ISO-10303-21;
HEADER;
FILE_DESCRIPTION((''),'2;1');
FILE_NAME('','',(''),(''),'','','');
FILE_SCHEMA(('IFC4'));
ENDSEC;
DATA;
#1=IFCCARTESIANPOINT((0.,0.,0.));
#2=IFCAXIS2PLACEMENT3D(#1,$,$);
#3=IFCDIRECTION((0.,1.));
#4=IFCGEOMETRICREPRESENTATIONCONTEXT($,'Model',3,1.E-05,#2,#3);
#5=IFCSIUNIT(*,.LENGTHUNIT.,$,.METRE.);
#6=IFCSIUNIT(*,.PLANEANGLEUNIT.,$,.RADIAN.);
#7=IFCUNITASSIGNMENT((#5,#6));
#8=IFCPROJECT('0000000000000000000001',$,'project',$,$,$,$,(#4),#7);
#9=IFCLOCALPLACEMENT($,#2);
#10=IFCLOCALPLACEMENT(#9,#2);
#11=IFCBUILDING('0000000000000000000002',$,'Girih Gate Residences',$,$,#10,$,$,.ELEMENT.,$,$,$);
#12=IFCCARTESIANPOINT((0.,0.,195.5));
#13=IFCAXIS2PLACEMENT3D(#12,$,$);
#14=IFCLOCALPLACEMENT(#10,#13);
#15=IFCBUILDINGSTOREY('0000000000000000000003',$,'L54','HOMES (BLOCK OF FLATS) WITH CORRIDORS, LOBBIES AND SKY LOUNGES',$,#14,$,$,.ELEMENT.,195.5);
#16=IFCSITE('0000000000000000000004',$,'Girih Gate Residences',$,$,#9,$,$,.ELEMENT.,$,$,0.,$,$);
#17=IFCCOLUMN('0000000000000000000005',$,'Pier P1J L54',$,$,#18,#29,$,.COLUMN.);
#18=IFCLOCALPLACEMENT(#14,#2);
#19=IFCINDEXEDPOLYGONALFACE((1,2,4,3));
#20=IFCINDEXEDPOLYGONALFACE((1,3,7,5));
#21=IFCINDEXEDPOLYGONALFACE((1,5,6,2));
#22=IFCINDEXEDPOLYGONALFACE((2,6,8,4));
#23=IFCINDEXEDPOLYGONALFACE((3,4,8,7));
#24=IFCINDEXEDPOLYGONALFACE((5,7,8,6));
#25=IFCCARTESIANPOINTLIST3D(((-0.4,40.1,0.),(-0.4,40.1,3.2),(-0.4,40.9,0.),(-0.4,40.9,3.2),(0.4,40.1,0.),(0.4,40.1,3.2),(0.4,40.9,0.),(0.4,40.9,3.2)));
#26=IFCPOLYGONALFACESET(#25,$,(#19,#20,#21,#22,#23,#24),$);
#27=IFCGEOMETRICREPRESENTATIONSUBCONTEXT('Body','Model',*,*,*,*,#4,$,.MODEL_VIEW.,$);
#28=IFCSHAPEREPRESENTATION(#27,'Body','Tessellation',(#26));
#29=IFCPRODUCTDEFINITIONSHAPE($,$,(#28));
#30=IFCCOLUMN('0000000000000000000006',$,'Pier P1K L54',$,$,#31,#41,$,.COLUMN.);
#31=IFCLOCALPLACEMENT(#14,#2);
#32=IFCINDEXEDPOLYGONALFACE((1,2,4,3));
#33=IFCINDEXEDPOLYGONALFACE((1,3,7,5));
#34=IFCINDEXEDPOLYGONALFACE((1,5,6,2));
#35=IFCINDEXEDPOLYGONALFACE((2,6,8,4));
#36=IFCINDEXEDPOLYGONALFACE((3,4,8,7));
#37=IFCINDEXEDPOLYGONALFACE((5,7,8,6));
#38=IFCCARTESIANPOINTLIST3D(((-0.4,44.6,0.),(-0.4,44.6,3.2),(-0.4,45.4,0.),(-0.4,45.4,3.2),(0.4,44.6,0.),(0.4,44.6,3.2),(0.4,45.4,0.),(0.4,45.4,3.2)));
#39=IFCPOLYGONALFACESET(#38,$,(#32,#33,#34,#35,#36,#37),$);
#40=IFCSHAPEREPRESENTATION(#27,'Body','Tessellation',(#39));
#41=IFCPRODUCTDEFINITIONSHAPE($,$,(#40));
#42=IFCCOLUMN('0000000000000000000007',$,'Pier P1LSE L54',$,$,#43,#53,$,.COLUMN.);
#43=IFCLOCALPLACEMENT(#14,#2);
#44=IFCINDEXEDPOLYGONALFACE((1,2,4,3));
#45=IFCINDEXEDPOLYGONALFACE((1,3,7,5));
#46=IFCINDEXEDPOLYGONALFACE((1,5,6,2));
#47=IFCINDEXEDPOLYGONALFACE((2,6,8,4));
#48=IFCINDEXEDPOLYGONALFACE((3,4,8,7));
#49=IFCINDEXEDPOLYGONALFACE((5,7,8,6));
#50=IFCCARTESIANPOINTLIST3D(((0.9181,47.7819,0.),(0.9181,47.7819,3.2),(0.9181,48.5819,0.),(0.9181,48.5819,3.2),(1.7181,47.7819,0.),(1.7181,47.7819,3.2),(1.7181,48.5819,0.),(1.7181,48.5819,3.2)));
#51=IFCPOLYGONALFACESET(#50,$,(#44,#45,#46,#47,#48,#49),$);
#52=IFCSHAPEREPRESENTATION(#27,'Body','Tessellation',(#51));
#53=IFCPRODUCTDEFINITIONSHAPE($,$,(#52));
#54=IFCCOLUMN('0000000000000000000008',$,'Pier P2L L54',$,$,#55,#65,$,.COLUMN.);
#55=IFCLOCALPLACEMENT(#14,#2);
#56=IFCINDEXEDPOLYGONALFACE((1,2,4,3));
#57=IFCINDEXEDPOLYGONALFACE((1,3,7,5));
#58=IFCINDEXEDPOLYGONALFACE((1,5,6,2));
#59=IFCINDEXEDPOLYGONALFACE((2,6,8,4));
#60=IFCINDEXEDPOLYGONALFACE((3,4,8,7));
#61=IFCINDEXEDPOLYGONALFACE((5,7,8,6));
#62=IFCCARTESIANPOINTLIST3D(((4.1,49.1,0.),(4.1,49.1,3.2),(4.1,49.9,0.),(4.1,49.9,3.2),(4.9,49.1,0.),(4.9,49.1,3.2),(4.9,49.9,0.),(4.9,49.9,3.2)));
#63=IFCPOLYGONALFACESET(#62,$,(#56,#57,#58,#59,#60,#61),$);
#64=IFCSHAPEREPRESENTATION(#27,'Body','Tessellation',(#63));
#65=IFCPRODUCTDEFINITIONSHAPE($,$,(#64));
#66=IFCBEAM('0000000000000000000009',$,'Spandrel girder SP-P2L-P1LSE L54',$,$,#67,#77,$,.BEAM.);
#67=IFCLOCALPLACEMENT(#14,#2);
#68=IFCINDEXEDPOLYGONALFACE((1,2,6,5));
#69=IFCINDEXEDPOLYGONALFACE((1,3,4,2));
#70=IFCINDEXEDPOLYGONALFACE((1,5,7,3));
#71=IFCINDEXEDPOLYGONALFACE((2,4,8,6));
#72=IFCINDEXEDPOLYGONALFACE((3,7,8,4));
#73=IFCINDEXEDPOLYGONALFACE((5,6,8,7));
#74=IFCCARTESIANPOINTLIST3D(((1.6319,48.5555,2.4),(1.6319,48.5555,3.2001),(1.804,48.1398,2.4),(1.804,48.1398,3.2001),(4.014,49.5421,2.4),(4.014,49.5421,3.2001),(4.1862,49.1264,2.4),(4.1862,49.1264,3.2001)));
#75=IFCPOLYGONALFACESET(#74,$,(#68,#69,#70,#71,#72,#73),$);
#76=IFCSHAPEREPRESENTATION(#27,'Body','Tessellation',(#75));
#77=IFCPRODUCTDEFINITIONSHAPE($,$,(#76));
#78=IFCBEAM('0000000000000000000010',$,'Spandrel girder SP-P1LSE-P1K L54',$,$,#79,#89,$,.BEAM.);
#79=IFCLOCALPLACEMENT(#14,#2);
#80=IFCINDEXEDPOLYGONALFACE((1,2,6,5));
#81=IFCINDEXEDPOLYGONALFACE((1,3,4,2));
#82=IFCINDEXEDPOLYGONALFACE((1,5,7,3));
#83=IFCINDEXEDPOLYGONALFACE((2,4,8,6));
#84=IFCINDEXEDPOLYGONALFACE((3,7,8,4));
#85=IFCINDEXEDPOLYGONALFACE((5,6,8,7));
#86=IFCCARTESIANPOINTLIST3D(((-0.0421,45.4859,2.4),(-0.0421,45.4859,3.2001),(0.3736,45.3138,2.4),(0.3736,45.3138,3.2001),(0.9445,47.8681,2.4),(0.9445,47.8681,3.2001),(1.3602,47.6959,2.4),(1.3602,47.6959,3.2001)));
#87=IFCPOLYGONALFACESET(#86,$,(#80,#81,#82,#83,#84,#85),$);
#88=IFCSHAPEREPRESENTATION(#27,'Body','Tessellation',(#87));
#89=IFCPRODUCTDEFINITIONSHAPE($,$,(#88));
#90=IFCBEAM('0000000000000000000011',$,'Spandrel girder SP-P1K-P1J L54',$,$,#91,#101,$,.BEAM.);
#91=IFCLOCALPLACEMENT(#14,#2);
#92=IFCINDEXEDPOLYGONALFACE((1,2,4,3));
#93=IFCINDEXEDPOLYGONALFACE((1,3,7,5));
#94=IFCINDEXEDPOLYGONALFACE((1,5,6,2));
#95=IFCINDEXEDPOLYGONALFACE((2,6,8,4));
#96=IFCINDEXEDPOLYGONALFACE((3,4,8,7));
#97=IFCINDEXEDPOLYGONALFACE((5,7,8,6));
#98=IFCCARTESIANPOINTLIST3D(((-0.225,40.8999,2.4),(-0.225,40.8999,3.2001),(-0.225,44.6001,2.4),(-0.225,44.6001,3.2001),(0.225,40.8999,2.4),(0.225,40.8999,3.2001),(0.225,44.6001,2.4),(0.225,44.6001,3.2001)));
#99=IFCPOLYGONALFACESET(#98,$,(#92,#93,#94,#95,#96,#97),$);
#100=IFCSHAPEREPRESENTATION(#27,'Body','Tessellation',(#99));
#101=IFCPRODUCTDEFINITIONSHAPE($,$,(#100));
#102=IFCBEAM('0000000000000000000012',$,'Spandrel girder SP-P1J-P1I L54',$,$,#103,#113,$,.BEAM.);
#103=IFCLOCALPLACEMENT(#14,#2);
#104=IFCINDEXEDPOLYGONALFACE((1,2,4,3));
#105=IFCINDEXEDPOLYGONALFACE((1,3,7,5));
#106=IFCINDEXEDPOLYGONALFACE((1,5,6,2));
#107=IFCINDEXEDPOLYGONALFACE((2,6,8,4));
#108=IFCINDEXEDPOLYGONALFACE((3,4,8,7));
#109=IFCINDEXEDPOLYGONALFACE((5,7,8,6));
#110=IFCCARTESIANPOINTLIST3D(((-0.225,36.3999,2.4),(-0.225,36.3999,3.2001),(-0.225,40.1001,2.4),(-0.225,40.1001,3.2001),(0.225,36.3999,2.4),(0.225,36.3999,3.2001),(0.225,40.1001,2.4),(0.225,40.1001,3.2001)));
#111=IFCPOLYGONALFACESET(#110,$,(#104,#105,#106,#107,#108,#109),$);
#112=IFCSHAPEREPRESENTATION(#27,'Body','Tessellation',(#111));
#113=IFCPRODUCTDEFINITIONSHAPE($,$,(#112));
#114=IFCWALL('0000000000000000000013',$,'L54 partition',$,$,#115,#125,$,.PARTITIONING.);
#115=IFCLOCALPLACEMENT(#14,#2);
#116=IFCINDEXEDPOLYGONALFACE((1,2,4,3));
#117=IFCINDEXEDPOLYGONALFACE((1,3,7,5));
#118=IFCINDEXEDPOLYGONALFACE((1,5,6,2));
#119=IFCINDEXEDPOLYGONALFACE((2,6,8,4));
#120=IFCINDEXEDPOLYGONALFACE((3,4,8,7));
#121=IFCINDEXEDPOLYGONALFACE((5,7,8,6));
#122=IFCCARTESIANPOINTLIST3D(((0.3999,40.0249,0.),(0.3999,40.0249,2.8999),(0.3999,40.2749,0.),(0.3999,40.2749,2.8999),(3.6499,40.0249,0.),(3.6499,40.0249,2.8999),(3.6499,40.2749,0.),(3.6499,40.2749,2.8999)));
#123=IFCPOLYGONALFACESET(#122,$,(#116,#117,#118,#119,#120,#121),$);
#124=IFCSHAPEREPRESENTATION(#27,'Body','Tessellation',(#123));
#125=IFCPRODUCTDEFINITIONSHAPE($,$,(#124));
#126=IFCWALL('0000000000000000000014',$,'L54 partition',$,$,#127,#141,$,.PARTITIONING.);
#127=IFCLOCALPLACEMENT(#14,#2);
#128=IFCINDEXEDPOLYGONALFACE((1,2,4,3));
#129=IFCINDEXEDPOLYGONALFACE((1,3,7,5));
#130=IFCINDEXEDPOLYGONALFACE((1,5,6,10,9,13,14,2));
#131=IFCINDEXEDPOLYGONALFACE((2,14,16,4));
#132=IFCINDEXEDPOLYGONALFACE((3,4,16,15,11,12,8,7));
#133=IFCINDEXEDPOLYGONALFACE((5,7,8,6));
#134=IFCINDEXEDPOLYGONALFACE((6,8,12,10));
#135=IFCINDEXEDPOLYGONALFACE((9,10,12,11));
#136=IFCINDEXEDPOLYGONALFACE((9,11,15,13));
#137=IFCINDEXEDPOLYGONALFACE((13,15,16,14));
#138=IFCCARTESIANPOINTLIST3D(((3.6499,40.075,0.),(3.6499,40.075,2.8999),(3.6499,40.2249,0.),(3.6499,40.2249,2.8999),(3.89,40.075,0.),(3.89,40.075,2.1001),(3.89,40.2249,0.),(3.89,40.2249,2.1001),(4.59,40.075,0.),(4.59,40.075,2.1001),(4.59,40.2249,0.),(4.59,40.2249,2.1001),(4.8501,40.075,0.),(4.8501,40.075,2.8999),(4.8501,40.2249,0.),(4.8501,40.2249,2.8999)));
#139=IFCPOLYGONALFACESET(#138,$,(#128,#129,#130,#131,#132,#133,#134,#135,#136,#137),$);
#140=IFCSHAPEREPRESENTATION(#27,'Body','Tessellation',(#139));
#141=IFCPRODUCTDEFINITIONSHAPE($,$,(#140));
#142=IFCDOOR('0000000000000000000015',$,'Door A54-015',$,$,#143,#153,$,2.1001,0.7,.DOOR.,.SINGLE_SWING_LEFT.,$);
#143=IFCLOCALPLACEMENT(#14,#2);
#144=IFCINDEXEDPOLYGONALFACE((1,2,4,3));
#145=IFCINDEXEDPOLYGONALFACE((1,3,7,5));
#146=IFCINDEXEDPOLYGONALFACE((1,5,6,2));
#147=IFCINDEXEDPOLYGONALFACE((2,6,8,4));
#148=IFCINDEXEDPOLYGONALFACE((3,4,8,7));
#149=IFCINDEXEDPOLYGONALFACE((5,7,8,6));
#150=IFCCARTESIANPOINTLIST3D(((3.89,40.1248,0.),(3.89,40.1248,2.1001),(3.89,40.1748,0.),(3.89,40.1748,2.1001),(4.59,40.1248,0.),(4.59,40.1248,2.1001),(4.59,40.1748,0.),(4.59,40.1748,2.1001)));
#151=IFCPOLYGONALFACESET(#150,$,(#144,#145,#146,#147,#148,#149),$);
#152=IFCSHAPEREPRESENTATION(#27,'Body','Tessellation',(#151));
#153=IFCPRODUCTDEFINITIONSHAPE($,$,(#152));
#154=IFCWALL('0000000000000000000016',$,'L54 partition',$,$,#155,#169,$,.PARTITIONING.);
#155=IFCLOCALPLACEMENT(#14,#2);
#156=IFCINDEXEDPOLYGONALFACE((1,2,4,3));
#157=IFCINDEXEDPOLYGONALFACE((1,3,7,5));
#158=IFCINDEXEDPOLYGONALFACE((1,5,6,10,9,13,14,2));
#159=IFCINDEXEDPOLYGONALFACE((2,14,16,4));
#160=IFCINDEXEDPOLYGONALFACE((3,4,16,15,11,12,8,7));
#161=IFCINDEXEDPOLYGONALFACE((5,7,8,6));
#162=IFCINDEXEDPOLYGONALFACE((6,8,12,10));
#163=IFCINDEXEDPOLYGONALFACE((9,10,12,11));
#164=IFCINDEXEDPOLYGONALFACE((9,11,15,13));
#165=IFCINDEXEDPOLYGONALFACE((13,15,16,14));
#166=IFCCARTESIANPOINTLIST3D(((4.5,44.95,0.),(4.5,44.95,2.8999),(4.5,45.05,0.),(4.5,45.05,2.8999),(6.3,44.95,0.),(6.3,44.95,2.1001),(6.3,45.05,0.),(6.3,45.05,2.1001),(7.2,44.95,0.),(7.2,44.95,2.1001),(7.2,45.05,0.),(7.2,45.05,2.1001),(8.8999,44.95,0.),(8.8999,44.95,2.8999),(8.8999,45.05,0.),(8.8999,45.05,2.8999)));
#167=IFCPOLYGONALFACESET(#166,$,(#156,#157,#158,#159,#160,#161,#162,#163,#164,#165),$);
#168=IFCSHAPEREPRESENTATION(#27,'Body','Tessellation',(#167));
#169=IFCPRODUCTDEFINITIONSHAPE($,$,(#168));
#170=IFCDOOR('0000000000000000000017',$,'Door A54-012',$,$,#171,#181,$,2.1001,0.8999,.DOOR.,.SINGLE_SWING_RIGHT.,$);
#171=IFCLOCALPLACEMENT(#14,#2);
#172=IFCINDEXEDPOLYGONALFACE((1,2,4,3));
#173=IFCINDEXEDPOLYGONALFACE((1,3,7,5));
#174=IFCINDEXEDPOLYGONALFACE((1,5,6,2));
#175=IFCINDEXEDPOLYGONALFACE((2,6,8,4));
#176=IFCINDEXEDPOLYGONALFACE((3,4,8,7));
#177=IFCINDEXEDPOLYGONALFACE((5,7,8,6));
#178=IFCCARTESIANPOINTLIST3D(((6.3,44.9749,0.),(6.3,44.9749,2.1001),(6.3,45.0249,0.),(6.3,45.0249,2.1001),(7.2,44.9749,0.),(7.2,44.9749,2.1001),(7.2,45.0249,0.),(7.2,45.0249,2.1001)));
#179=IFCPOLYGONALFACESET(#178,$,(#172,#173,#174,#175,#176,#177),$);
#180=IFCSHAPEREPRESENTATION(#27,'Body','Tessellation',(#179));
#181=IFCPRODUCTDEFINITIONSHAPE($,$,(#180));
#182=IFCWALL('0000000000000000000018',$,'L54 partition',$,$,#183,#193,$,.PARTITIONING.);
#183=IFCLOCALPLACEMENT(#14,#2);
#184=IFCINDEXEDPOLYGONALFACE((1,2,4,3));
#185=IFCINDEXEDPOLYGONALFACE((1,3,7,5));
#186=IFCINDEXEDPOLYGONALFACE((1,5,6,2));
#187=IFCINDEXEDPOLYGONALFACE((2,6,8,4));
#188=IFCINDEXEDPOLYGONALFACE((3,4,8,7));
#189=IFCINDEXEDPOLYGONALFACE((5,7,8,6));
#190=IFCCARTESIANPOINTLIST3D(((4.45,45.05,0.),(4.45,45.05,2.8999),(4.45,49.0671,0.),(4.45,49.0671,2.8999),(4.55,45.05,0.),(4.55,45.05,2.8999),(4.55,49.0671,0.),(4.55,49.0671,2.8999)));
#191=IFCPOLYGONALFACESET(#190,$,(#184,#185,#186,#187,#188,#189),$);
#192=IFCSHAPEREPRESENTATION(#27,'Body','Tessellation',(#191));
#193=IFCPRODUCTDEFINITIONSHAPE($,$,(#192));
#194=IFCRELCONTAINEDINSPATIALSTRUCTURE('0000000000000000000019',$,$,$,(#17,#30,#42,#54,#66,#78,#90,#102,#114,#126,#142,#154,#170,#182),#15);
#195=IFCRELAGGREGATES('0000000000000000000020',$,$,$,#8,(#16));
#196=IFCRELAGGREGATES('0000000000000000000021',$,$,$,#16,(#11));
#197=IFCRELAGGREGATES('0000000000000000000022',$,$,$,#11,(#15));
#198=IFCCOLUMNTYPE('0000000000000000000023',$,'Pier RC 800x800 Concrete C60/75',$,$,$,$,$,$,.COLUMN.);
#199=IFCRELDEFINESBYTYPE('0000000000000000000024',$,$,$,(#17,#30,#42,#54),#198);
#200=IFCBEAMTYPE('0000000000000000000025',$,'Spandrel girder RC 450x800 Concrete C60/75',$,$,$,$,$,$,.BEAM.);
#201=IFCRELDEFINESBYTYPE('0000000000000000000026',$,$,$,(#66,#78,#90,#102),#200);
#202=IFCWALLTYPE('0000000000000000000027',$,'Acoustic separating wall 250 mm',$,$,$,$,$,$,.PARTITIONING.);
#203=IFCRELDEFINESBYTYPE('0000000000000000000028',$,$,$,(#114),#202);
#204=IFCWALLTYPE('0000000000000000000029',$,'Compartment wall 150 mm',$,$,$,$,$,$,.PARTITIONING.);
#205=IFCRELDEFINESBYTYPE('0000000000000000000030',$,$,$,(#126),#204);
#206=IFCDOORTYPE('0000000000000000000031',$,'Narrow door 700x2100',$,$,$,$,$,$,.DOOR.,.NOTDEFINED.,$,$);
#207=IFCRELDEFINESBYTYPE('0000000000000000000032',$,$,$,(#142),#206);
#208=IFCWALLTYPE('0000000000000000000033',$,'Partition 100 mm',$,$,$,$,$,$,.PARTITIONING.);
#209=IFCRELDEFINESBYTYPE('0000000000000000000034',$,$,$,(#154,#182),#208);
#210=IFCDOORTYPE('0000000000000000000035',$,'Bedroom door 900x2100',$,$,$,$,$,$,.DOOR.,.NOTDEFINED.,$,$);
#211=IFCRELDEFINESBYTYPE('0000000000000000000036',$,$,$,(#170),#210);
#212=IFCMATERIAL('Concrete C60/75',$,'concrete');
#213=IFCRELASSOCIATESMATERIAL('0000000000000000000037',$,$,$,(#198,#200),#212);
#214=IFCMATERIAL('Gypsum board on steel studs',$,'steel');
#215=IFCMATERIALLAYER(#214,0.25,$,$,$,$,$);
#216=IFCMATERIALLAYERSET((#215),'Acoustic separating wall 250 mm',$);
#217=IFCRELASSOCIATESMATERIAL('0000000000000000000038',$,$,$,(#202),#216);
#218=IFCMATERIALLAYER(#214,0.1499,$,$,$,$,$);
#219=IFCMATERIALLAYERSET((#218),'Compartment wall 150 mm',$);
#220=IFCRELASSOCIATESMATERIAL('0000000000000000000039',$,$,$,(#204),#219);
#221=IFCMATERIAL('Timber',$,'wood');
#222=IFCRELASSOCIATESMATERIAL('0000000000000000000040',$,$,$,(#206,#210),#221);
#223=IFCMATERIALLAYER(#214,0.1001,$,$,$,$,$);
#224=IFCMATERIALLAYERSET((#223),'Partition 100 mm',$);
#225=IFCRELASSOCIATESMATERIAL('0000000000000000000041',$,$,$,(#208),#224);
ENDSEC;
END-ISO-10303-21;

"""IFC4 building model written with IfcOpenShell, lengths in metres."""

from ifc_helpers import new_model, si_unit, direction, frame, frame_2d, origin, origin_2d, place, context, subcontext, project, spatial, rectangle, extrude, material, layer, layer_set, material_profile, profile_set, type_object, element, fill, save


model = new_model("IFC4")

# Units and contexts
model_context = context("Model", 3, precision=1e-05, world=origin(), true_north=direction((0.0, 1.0)))
body_context = subcontext(model_context, "Body", "Model", "MODEL_VIEW")
ifc_project = project(units=[si_unit("LENGTHUNIT", "METRE"), si_unit("PLANEANGLEUNIT", "RADIAN")], contexts=[model_context])

# Site, building, storey
site_placement = place(None, origin())
site = spatial("IfcSite", under=ifc_project, at=site_placement, Name="Girih Gate Residences", CompositionType="ELEMENT", RefElevation=0.0)
building_placement = place(site_placement, origin())
building = spatial("IfcBuilding", under=site, at=building_placement, Name="Girih Gate Residences", CompositionType="ELEMENT")
storey_placement = place(building_placement, frame((0.0, 0.0, 195.5)))
storey = spatial("IfcBuildingStorey", under=building, at=storey_placement, Name="L54", Description="HOMES (BLOCK OF FLATS) WITH CORRIDORS, LOBBIES AND SKY LOUNGES", CompositionType="ELEMENT", Elevation=195.5)

# Columns
ifc_material_1 = material(Name="Concrete C60/75", Category="concrete")
ifc_material_profile_1 = material_profile(ifc_material_1, rectangle(XDim=0.8, YDim=0.8, at=origin_2d()))
ifc_profile_set_1 = profile_set([ifc_material_profile_1], Name="Concrete C60/75")
column_type = type_object("IfcColumnType", Name="Pier RC 800x800 Concrete C60/75", PredefinedType="COLUMN", material=ifc_profile_set_1)
for number, where, z_axis, x_axis, name in (
    (1, (0.0, 40.5, 0.0), (0.0, 0.0, 1.0), (1.0, 0.0, 0.0), "Pier P1J L54"),
    (2, (0.0, 45.0, 0.0), (0.0, 0.0, 1.0), (1.0, 0.0, 0.0), "Pier P1K L54"),
    (3, (1.3181, 48.1819, 0.0), (0.0, 0.0, 1.0), (1.0, 0.0, 0.0), "Pier P1LSE L54"),
    (4, (4.5, 49.5, 0.0), (0.0, 0.0, 1.0), (1.0, 0.0, 0.0), "Pier P2L L54"),
):
    element("IfcColumn", number, at=place(storey_placement, frame(where, z_axis=z_axis, x_axis=x_axis)), inside=storey, type_object=column_type, Name=name, PredefinedType="COLUMN", context=body_context, shape_type="SweptSolid", body=[
        extrude(rectangle(XDim=0.8, YDim=0.8, at=origin_2d()), origin(), (0.0, 0.0, 1.0), 3.2),
    ])

# Beams
ifc_material_profile_2 = material_profile(ifc_material_1, rectangle(XDim=0.45, YDim=0.8, at=origin_2d()))
ifc_profile_set_2 = profile_set([ifc_material_profile_2], Name="Concrete C60/75")
beam_type = type_object("IfcBeamType", Name="Spandrel girder RC 450x800 Concrete C60/75", PredefinedType="BEAM", material=ifc_profile_set_2)
for number, where, z_axis, x_axis, name in (
    (5, (4.1001, 49.3342, 2.8), (-0.923896, -0.382644, 0.0), (0.382644, -0.923896, 0.0), "Spandrel girder SP-P2L-P1LSE L54"),
    (6, (1.1523, 47.782, 2.8), (-0.382644, -0.923896, 0.0), (0.923896, -0.382644, 0.0), "Spandrel girder SP-P1LSE-P1K L54"),
):
    element("IfcBeam", number, at=place(storey_placement, frame(where, z_axis=z_axis, x_axis=x_axis)), inside=storey, type_object=beam_type, Name=name, PredefinedType="BEAM", context=body_context, shape_type="SweptSolid", body=[
        extrude(rectangle(XDim=0.45, YDim=0.8, at=origin_2d()), origin(), (0.0, 0.0, 1.0), 2.5784),
    ])
for number, where, z_axis, x_axis, name in (
    (7, (0.0, 44.6001, 2.8), (0.0, -1.0, 0.0), (1.0, 0.0, 0.0), "Spandrel girder SP-P1K-P1J L54"),
    (8, (0.0, 40.1001, 2.8), (0.0, -1.0, 0.0), (1.0, 0.0, 0.0), "Spandrel girder SP-P1J-P1I L54"),
):
    element("IfcBeam", number, at=place(storey_placement, frame(where, z_axis=z_axis, x_axis=x_axis)), inside=storey, type_object=beam_type, Name=name, PredefinedType="BEAM", context=body_context, shape_type="SweptSolid", body=[
        extrude(rectangle(XDim=0.45, YDim=0.8, at=origin_2d()), origin(), (0.0, 0.0, 1.0), 3.7002),
    ])

# Wall
ifc_material_2 = material(Name="Gypsum board on steel studs", Category="steel")
ifc_layer_1 = layer(ifc_material_2, 0.25)
ifc_layer_set_1 = layer_set([ifc_layer_1], Name="Acoustic separating wall 250 mm")
wall_type_1 = type_object("IfcWallType", Name="Acoustic separating wall 250 mm", PredefinedType="PARTITIONING", material=ifc_layer_set_1)
wall_1_placement = place(storey_placement, frame((0.3999, 40.1499, 0.0), z_axis=(0.0, 0.0, 1.0), x_axis=(1.0, 0.0, 0.0)))
element("IfcWall", 9, at=wall_1_placement, inside=storey, type_object=wall_type_1, Name="L54 partition", PredefinedType="PARTITIONING", context=body_context, shape_type="SweptSolid", body=[
    extrude(rectangle(XDim=3.25, YDim=0.25, at=frame_2d((1.625, 0.0))), origin(), (0.0, 0.0, 1.0), 2.8999),
])

# Walls, openings, doors
ifc_layer_2 = layer(ifc_material_2, 0.1499)
ifc_layer_set_2 = layer_set([ifc_layer_2], Name="Compartment wall 150 mm")
wall_type_2 = type_object("IfcWallType", Name="Compartment wall 150 mm", PredefinedType="PARTITIONING", material=ifc_layer_set_2)
wall_2_placement = place(storey_placement, frame((3.6499, 40.1499, 0.0), z_axis=(0.0, 0.0, 1.0), x_axis=(1.0, 0.0, 0.0)))
wall_2 = element("IfcWall", 10, at=wall_2_placement, inside=storey, type_object=wall_type_2, Name="L54 partition", PredefinedType="PARTITIONING", context=body_context, shape_type="SweptSolid", body=[
    extrude(rectangle(XDim=1.2002, YDim=0.1499, at=frame_2d((0.6001, 0.0))), origin(), (0.0, 0.0, 1.0), 2.8999),
])
opening_1_placement = place(wall_2_placement, frame((0.24, 0.0, 0.0)))
opening_1 = element("IfcOpeningElement", 11, at=opening_1_placement, cuts=wall_2, PredefinedType="OPENING", context=body_context, shape_type="SweptSolid", body=[
    extrude(rectangle(XDim=0.7, YDim=2.1001, at=frame_2d((0.3501, 1.05))), frame((0.0, 0.085, 0.0), z_axis=(0.0, -1.0, 0.0), x_axis=(1.0, 0.0, 0.0)), (0.0, 0.0, 1.0), 0.1699),
])
ifc_material_3 = material(Name="Timber", Category="wood")
door_type_1 = type_object("IfcDoorType", Name="Narrow door 700x2100", OperationType="NOTDEFINED", PredefinedType="DOOR", material=ifc_material_3)
door_1_placement = place(opening_1_placement, origin())
door_1 = element("IfcDoor", 12, at=door_1_placement, inside=storey, type_object=door_type_1, Name="Door A54-015", OperationType="SINGLE_SWING_LEFT", OverallHeight=2.1001, OverallWidth=0.7, PredefinedType="DOOR", context=body_context, shape_type="SweptSolid", body=[
    extrude(rectangle(XDim=0.7, YDim=2.1001, at=frame_2d((0.3501, 1.05))), frame((0.0, 0.0249, 0.0), z_axis=(0.0, -1.0, 0.0), x_axis=(1.0, 0.0, 0.0)), (0.0, 0.0, 1.0), 0.05),
])
fill(opening_1, door_1)
ifc_layer_3 = layer(ifc_material_2, 0.1001)
ifc_layer_set_3 = layer_set([ifc_layer_3], Name="Partition 100 mm")
wall_type_3 = type_object("IfcWallType", Name="Partition 100 mm", PredefinedType="PARTITIONING", material=ifc_layer_set_3)
wall_3_placement = place(storey_placement, frame((4.5, 45.0, 0.0), z_axis=(0.0, 0.0, 1.0), x_axis=(1.0, 0.0, 0.0)))
wall_3 = element("IfcWall", 13, at=wall_3_placement, inside=storey, type_object=wall_type_3, Name="L54 partition", PredefinedType="PARTITIONING", context=body_context, shape_type="SweptSolid", body=[
    extrude(rectangle(XDim=4.3999, YDim=0.1001, at=frame_2d((2.2, 0.0))), origin(), (0.0, 0.0, 1.0), 2.8999),
])
opening_2_placement = place(wall_3_placement, frame((1.8, 0.0, 0.0)))
opening_2 = element("IfcOpeningElement", 14, at=opening_2_placement, cuts=wall_3, PredefinedType="OPENING", context=body_context, shape_type="SweptSolid", body=[
    extrude(rectangle(XDim=0.8999, YDim=2.1001, at=frame_2d((0.45, 1.05))), frame((0.0, 0.0601, 0.0), z_axis=(0.0, -1.0, 0.0), x_axis=(1.0, 0.0, 0.0)), (0.0, 0.0, 1.0), 0.1201),
])
door_type_2 = type_object("IfcDoorType", Name="Bedroom door 900x2100", OperationType="NOTDEFINED", PredefinedType="DOOR", material=ifc_material_3)
door_2_placement = place(opening_2_placement, origin())
door_2 = element("IfcDoor", 15, at=door_2_placement, inside=storey, type_object=door_type_2, Name="Door A54-012", OperationType="SINGLE_SWING_RIGHT", OverallHeight=2.1001, OverallWidth=0.8999, PredefinedType="DOOR", context=body_context, shape_type="SweptSolid", body=[
    extrude(rectangle(XDim=0.8999, YDim=2.1001, at=frame_2d((0.45, 1.05))), frame((0.0, 0.0249, 0.0), z_axis=(0.0, -1.0, 0.0), x_axis=(1.0, 0.0, 0.0)), (0.0, 0.0, 1.0), 0.05),
])
fill(opening_2, door_2)

# Wall
wall_4_placement = place(storey_placement, frame((4.5, 45.05, 0.0), z_axis=(0.0, 0.0, 1.0), x_axis=(0.0, 1.0, 0.0)))
element("IfcWall", 16, at=wall_4_placement, inside=storey, type_object=wall_type_3, Name="L54 partition", PredefinedType="PARTITIONING", context=body_context, shape_type="SweptSolid", body=[
    extrude(rectangle(XDim=4.0171, YDim=0.1001, at=frame_2d((2.0085, 0.0))), origin(), (0.0, 0.0, 1.0), 2.8999),
])

save(model, "model.ifc")
